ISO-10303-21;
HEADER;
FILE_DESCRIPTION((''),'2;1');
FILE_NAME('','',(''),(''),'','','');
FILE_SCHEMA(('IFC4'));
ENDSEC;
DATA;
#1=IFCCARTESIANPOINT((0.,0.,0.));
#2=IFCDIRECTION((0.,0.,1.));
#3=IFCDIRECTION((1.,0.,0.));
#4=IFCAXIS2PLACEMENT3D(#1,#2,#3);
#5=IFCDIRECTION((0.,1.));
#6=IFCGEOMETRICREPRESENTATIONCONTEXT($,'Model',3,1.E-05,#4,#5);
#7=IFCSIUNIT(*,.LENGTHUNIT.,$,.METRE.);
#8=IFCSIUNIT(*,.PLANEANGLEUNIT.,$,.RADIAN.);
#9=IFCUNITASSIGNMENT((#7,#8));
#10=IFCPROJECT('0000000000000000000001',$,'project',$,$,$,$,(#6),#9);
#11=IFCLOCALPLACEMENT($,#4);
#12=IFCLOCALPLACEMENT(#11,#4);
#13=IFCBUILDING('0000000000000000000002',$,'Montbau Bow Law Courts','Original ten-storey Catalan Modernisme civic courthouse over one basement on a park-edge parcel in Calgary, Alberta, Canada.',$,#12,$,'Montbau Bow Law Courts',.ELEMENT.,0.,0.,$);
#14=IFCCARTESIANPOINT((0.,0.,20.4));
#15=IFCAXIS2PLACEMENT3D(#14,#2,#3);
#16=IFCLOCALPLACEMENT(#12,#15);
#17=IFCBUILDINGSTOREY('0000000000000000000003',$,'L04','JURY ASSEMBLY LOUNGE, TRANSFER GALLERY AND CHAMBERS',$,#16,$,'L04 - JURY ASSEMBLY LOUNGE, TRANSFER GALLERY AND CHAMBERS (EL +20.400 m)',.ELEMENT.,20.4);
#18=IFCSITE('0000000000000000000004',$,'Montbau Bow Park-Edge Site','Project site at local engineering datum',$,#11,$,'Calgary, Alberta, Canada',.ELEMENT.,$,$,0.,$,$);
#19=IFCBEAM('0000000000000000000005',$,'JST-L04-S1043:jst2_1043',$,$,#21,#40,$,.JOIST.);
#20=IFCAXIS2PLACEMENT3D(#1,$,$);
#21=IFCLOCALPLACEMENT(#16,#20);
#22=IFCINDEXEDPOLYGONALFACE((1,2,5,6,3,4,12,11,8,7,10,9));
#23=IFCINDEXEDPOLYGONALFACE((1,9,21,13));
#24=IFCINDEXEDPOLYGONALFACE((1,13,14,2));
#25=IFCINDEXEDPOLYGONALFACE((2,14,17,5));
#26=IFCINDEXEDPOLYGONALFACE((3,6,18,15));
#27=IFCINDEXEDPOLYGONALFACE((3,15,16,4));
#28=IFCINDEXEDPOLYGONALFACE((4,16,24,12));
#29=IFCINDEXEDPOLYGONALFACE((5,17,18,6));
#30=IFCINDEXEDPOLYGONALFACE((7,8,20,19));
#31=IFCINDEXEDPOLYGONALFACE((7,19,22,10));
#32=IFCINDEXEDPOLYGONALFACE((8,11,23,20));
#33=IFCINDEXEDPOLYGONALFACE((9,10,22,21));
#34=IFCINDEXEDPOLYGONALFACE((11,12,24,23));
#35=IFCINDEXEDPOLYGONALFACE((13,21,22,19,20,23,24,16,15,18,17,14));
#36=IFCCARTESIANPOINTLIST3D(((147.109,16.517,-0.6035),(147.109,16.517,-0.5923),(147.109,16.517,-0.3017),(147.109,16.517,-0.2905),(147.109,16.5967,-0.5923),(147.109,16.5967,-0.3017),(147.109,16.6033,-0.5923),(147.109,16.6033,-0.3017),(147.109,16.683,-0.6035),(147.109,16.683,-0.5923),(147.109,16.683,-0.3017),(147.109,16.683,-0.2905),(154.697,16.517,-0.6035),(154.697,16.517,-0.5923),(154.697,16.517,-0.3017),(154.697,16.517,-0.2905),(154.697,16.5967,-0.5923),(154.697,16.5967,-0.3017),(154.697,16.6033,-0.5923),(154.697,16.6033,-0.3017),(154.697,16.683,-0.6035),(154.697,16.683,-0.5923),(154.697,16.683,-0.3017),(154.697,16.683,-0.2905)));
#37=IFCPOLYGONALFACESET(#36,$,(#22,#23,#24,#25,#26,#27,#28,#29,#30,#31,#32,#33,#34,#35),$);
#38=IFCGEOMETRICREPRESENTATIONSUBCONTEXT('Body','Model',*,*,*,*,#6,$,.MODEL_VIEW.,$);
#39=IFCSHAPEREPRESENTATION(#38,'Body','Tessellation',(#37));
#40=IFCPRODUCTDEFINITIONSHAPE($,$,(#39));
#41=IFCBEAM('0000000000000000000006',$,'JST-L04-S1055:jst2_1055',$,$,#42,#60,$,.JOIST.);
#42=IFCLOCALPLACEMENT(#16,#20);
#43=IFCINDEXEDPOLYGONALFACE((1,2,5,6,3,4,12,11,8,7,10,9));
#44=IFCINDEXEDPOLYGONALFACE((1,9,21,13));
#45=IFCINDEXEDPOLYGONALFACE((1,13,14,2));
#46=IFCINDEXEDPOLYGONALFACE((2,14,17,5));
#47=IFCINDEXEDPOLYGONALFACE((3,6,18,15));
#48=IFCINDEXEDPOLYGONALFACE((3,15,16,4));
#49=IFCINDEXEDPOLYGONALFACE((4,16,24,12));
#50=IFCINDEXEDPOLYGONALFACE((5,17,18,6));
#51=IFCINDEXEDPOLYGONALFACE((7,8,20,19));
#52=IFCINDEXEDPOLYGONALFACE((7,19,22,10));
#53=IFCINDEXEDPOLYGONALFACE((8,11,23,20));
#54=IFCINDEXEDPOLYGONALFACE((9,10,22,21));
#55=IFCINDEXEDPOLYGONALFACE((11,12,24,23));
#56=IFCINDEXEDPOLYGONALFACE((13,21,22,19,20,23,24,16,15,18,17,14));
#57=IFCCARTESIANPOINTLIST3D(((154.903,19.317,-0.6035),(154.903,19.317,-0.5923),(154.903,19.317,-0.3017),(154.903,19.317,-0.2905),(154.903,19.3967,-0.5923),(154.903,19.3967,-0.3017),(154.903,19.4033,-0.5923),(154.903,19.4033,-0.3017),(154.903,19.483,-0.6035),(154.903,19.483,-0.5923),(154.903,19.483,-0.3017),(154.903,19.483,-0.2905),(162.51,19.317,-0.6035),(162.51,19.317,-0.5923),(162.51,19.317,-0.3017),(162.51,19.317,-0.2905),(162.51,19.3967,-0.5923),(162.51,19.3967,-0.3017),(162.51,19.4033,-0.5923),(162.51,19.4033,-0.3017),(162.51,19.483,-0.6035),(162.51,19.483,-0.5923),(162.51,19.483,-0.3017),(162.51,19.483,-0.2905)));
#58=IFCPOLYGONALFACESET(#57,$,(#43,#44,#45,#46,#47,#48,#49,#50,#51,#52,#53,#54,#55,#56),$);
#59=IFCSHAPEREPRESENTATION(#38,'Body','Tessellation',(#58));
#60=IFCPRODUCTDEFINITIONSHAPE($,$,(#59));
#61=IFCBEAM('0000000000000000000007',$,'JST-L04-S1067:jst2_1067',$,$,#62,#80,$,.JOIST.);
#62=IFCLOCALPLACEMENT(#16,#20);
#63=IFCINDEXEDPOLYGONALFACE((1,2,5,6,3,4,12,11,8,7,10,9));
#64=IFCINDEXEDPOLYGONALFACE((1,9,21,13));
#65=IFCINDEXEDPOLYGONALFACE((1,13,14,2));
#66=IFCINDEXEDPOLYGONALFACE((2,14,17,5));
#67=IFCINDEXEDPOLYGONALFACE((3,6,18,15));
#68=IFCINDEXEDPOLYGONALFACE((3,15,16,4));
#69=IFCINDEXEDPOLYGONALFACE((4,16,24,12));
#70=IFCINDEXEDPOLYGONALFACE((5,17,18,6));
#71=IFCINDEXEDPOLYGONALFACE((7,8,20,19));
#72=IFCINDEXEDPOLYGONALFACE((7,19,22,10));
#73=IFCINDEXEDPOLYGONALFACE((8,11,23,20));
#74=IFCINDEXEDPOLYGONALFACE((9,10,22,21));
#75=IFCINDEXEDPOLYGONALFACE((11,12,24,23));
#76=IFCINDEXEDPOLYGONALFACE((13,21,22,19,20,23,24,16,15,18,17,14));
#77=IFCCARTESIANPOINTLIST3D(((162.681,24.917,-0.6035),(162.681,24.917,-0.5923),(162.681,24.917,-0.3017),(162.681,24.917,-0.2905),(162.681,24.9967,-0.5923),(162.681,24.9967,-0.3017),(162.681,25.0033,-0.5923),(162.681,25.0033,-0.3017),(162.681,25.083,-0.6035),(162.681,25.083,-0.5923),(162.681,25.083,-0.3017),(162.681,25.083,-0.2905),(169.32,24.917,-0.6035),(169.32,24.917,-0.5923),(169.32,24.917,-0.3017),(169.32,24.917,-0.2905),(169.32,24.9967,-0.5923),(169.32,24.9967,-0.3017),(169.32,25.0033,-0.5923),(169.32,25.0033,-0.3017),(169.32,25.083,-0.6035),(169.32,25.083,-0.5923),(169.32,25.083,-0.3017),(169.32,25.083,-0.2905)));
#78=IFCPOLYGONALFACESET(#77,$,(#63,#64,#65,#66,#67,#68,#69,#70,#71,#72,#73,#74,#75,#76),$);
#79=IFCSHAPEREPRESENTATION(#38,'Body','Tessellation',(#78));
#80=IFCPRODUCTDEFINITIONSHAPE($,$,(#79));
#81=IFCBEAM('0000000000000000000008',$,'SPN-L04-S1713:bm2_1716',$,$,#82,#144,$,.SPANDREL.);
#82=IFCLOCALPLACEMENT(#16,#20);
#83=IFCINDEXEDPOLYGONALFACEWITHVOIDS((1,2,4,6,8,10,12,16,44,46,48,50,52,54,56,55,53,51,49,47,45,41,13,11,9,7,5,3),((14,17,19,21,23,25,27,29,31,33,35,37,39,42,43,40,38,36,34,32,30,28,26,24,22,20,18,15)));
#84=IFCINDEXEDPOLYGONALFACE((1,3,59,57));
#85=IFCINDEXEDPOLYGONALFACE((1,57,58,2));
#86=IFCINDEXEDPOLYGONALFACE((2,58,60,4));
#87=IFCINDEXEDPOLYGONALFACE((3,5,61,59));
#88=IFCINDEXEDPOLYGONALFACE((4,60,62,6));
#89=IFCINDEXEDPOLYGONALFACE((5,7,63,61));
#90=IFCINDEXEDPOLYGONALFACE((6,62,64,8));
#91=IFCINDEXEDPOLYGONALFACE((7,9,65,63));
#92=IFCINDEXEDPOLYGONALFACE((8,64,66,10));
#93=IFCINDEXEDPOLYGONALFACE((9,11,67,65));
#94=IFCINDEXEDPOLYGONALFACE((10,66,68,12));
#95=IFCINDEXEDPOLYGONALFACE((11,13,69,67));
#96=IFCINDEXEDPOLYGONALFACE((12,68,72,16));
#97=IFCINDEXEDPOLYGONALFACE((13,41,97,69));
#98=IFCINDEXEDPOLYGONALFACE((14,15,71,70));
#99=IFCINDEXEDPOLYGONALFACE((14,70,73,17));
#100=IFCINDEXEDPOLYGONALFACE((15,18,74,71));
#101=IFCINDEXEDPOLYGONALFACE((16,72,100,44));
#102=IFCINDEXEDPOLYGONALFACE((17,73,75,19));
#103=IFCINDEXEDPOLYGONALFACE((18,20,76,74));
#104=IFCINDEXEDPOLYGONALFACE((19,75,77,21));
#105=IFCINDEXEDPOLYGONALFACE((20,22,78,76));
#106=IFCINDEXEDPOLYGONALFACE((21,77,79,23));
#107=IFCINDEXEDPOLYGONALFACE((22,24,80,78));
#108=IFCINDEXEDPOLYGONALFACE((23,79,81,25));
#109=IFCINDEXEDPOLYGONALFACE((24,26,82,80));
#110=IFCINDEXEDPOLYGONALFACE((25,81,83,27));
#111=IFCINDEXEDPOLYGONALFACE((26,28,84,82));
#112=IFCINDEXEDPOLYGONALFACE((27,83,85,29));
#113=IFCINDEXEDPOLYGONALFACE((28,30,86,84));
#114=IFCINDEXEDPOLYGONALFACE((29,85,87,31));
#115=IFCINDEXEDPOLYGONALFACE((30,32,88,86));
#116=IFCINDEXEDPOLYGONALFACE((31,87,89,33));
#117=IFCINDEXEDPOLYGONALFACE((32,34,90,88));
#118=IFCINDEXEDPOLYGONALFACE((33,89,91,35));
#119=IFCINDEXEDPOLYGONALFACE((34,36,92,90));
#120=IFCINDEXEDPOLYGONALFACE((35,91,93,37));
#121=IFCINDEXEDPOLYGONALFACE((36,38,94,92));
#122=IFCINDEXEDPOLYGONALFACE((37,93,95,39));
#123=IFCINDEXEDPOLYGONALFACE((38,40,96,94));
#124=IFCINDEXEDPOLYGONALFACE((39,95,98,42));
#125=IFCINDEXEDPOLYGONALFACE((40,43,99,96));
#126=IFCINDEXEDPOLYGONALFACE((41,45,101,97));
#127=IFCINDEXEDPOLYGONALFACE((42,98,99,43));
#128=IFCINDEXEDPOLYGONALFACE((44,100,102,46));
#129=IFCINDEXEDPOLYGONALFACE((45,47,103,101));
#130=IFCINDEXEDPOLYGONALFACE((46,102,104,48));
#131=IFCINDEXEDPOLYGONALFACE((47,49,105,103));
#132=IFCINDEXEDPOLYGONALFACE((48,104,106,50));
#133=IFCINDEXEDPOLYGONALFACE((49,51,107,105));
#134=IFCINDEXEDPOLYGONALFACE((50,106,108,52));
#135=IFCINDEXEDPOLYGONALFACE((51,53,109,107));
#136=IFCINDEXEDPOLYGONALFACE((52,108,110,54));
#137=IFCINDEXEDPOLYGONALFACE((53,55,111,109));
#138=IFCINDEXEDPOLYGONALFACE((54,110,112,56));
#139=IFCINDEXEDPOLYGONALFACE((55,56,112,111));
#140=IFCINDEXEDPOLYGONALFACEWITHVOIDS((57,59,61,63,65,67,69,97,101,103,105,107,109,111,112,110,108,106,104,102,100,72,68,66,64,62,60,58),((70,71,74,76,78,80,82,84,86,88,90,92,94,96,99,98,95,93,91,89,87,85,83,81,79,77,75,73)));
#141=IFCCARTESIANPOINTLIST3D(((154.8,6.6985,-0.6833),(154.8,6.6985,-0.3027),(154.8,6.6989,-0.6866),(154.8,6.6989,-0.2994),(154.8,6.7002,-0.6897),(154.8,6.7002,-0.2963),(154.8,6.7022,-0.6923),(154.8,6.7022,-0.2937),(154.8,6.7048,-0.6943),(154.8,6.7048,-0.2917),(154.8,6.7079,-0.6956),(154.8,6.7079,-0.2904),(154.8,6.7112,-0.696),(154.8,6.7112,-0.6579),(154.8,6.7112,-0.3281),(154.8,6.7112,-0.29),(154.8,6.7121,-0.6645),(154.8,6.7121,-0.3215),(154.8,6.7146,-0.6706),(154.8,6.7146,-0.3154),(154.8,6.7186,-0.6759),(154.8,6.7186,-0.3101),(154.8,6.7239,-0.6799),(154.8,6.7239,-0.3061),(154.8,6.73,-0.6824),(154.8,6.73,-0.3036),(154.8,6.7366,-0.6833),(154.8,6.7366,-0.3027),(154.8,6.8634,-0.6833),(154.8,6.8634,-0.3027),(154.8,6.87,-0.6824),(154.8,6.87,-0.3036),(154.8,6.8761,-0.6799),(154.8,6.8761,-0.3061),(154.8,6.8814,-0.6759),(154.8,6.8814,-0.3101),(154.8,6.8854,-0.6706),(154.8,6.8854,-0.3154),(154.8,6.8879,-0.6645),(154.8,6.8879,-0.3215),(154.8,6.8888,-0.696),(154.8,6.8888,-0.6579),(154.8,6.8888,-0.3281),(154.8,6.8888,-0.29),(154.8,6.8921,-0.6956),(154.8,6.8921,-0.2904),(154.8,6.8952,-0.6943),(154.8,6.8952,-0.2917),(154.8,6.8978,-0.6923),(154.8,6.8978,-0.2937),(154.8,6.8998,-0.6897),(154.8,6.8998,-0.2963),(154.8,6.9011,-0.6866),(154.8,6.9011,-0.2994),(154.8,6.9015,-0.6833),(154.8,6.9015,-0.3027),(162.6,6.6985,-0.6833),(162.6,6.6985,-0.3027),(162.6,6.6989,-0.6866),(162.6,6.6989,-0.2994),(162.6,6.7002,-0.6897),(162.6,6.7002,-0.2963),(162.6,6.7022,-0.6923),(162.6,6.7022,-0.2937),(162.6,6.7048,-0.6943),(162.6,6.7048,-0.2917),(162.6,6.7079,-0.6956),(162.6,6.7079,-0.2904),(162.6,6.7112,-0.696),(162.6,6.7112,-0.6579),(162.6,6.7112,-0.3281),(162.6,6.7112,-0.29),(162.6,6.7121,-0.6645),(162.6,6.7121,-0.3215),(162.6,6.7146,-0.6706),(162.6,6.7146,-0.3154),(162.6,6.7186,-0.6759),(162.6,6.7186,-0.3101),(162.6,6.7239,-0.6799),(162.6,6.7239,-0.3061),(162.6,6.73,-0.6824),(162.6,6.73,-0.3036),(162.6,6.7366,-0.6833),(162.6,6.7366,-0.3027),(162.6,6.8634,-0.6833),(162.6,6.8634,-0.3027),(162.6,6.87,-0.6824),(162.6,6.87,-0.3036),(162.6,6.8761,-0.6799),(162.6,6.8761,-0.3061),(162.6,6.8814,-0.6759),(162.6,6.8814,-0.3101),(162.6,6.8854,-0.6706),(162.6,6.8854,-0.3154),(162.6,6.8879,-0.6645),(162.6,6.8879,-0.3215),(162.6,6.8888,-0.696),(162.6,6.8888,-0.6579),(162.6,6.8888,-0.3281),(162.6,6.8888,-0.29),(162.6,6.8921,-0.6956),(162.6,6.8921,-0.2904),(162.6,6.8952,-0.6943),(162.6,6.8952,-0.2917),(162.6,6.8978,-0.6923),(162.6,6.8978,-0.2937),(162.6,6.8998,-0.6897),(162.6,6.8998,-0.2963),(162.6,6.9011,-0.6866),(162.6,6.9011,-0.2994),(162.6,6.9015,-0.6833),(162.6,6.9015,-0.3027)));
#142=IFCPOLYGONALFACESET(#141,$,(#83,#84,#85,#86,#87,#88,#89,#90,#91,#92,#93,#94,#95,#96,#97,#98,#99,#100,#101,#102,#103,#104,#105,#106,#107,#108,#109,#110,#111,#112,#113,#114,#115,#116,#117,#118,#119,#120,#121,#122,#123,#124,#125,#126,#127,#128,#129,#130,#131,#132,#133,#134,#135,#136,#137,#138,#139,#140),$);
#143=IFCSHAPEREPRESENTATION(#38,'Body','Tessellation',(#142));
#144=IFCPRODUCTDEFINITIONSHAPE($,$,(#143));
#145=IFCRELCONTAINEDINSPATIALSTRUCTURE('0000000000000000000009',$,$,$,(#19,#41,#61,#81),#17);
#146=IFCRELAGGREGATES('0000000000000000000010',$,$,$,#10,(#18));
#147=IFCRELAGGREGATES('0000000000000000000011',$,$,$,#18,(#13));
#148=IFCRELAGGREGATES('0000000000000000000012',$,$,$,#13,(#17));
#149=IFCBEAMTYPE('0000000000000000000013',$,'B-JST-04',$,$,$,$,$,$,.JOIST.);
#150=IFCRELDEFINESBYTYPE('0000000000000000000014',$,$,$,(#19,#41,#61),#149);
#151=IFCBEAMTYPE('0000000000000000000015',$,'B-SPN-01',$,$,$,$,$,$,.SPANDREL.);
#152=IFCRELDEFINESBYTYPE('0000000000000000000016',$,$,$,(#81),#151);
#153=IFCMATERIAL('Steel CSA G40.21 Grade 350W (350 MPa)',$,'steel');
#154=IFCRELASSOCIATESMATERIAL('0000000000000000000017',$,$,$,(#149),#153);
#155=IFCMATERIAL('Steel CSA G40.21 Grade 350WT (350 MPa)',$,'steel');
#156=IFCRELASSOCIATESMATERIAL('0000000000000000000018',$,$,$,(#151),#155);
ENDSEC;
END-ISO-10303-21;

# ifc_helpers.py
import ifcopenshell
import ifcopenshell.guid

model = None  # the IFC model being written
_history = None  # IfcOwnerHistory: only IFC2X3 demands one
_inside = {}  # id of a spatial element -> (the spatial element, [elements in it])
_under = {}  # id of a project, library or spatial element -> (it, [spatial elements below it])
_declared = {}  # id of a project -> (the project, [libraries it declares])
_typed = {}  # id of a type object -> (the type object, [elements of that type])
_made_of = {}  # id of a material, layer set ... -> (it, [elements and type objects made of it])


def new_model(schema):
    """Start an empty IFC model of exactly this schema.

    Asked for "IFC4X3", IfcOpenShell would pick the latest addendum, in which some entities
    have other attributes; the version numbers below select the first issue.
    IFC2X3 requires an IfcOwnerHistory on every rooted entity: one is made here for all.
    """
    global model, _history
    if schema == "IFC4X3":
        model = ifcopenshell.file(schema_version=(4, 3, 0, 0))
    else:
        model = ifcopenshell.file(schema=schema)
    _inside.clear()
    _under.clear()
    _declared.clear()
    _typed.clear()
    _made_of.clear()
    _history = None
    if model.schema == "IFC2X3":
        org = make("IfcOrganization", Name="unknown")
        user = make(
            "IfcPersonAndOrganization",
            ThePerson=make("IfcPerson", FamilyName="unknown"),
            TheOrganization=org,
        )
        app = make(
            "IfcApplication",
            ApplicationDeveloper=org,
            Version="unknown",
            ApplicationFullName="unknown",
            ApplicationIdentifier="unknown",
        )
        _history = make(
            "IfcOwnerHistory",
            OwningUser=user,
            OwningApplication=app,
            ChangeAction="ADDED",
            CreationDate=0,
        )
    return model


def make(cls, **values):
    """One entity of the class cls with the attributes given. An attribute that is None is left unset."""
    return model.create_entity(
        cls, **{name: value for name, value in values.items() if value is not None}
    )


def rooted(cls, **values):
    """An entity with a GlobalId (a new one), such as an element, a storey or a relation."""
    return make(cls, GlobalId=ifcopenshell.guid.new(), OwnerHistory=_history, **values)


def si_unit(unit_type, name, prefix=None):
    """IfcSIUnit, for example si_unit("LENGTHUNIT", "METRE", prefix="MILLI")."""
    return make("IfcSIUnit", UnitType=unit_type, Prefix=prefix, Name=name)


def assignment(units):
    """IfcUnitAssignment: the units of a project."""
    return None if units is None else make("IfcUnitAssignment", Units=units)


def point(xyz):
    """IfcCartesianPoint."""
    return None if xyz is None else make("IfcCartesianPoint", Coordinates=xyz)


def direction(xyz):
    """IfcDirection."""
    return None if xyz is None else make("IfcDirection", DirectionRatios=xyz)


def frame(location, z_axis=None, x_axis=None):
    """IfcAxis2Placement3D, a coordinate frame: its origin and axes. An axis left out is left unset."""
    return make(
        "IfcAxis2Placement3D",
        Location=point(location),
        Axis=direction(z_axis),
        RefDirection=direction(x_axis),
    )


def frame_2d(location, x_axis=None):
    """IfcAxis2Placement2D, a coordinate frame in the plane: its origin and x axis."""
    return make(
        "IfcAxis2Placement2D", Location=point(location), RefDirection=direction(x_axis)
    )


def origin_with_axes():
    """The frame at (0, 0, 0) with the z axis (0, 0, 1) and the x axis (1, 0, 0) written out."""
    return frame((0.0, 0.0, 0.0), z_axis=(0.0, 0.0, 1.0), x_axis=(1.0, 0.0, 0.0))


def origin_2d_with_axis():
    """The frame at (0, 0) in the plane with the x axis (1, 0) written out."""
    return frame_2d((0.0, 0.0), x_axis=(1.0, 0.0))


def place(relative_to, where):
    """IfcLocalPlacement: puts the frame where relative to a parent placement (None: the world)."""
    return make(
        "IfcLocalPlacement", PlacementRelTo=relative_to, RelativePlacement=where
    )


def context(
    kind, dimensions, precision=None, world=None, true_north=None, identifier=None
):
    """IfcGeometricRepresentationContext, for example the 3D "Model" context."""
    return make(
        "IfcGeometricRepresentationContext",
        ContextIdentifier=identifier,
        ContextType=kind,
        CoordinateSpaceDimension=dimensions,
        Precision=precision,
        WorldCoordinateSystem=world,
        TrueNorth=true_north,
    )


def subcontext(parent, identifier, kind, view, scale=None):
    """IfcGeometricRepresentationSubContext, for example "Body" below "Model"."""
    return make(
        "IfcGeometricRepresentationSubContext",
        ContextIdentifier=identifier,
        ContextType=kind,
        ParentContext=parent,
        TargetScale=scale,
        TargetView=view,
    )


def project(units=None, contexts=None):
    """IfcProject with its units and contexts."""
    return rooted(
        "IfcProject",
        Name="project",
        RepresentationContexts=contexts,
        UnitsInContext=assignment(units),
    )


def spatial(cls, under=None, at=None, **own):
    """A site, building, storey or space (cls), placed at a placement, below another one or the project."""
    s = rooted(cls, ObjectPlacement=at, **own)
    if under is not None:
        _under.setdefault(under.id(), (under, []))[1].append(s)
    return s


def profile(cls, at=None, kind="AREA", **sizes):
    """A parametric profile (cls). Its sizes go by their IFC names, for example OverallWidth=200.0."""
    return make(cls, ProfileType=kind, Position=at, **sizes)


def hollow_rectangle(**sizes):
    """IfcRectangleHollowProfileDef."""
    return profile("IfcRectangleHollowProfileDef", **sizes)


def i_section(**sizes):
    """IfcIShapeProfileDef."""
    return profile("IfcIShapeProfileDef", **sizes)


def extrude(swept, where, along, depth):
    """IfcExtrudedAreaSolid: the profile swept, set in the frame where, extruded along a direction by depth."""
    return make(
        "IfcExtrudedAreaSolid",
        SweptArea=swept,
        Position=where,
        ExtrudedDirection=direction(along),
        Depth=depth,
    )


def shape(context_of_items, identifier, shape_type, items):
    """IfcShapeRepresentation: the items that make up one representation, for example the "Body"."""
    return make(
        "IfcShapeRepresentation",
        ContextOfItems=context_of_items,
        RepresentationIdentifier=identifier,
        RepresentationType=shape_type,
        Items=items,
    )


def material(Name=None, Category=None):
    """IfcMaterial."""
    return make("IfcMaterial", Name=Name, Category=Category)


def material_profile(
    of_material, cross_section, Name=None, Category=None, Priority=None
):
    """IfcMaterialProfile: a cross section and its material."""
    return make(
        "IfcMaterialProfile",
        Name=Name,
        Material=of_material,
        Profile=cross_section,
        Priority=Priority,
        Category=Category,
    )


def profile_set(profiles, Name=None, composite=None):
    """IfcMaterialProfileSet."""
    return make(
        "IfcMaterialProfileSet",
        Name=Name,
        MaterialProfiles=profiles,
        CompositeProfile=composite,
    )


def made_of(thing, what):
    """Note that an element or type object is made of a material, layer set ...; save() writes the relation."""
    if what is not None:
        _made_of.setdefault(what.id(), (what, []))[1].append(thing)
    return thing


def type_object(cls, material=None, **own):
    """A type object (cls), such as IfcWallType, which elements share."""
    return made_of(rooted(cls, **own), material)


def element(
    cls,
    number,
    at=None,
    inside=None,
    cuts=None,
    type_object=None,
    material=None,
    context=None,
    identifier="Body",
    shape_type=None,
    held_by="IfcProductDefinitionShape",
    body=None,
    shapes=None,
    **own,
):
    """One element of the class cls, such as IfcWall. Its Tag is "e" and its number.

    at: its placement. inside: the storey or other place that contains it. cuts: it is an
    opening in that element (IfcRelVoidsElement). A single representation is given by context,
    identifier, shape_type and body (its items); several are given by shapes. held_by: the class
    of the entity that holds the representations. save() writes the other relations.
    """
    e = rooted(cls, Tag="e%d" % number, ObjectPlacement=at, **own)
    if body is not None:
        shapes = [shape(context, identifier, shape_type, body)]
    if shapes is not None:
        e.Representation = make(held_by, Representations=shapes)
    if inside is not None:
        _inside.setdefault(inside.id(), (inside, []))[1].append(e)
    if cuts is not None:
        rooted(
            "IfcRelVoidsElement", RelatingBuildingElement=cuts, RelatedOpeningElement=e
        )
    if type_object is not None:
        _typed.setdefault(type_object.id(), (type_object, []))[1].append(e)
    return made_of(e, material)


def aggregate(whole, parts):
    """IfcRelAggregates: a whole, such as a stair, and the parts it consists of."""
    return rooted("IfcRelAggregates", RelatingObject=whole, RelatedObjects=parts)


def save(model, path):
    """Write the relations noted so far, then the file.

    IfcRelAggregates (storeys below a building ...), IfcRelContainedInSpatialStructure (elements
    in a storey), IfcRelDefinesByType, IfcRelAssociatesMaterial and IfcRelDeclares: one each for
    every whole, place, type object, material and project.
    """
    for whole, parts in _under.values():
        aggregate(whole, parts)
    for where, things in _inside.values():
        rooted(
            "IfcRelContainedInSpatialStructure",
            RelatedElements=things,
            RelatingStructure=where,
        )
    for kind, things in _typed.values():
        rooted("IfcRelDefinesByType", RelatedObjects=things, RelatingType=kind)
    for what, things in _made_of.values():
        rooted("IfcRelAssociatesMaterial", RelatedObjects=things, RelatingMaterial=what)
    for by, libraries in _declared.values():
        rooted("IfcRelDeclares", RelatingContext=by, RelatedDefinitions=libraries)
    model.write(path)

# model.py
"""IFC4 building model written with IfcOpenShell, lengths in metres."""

from ifc_helpers import new_model, si_unit, direction, frame, origin_with_axes, origin_2d_with_axis, place, context, subcontext, project, spatial, hollow_rectangle, i_section, extrude, material, material_profile, profile_set, type_object, element, save


model = new_model("IFC4")

# Units and contexts
model_context = context("Model", 3, precision=1e-05, world=origin_with_axes(), true_north=direction((0.0, 1.0)))
body_context = subcontext(model_context, "Body", "Model", "MODEL_VIEW")
ifc_project = project(units=[si_unit("LENGTHUNIT", "METRE"), si_unit("PLANEANGLEUNIT", "RADIAN")], contexts=[model_context])

# Site, building, storey
site_placement = place(None, origin_with_axes())
site = spatial("IfcSite", under=ifc_project, at=site_placement, Name="Montbau Bow Park-Edge Site", Description="Project site at local engineering datum", LongName="Calgary, Alberta, Canada", CompositionType="ELEMENT", RefElevation=0.0)
building_placement = place(site_placement, origin_with_axes())
building = spatial("IfcBuilding", under=site, at=building_placement, Name="Montbau Bow Law Courts", Description="Original ten-storey Catalan Modernisme civic courthouse over one basement on a park-edge parcel in Calgary, Alberta, Canada.", LongName="Montbau Bow Law Courts", CompositionType="ELEMENT", ElevationOfRefHeight=0.0, ElevationOfTerrain=0.0)
storey_placement = place(building_placement, frame((0.0, 0.0, 20.4), z_axis=(0.0, 0.0, 1.0), x_axis=(1.0, 0.0, 0.0)))
storey = spatial("IfcBuildingStorey", under=building, at=storey_placement, Name="L04", Description="JURY ASSEMBLY LOUNGE, TRANSFER GALLERY AND CHAMBERS", LongName="L04 - JURY ASSEMBLY LOUNGE, TRANSFER GALLERY AND CHAMBERS (EL +20.400 m)", CompositionType="ELEMENT", Elevation=20.4)

# Beams
ifc_material_1 = material(Name="Steel CSA G40.21 Grade 350W (350 MPa)", Category="steel")
ifc_material_profile_1 = material_profile(ifc_material_1, i_section(OverallWidth=0.166, OverallDepth=0.313, WebThickness=0.0066, FlangeThickness=0.0112, at=origin_2d_with_axis()), Name="W310X45", Category="Main", Priority=0)
ifc_profile_set_1 = profile_set([ifc_material_profile_1], Name="Steel CSA G40.21 Grade 350W (350 MPa)")
beam_type_1 = type_object("IfcBeamType", Name="B-JST-04", PredefinedType="JOIST", material=ifc_profile_set_1)
beam_1_placement = place(None, frame((147.109, 16.6, 19.953), z_axis=(1.0, 0.0, 0.0), x_axis=(0.0, 1.0, 0.0)))
element("IfcBeam", 1, at=beam_1_placement, inside=storey, type_object=beam_type_1, Name="JST-L04-S1043:jst2_1043", PredefinedType="JOIST", context=body_context, shape_type="SweptSolid", body=[
    extrude(i_section(OverallWidth=0.166, OverallDepth=0.313, WebThickness=0.0066, FlangeThickness=0.0112, at=origin_2d_with_axis()), origin_with_axes(), (0.0, 0.0, 1.0), 7.588),
])
beam_2_placement = place(None, frame((154.903, 19.4, 19.953), z_axis=(1.0, 0.0, 0.0), x_axis=(0.0, 1.0, 0.0)))
element("IfcBeam", 2, at=beam_2_placement, inside=storey, type_object=beam_type_1, Name="JST-L04-S1055:jst2_1055", PredefinedType="JOIST", context=body_context, shape_type="SweptSolid", body=[
    extrude(i_section(OverallWidth=0.166, OverallDepth=0.313, WebThickness=0.0066, FlangeThickness=0.0112, at=origin_2d_with_axis()), origin_with_axes(), (0.0, 0.0, 1.0), 7.607),
])
beam_3_placement = place(None, frame((162.681, 25.0, 19.953), z_axis=(1.0, 0.0, 0.0), x_axis=(0.0, 1.0, 0.0)))
element("IfcBeam", 3, at=beam_3_placement, inside=storey, type_object=beam_type_1, Name="JST-L04-S1067:jst2_1067", PredefinedType="JOIST", context=body_context, shape_type="SweptSolid", body=[
    extrude(i_section(OverallWidth=0.166, OverallDepth=0.313, WebThickness=0.0066, FlangeThickness=0.0112, at=origin_2d_with_axis()), origin_with_axes(), (0.0, 0.0, 1.0), 6.639),
])
ifc_material_2 = material(Name="Steel CSA G40.21 Grade 350WT (350 MPa)", Category="steel")
ifc_material_profile_2 = material_profile(ifc_material_2, hollow_rectangle(XDim=0.203, YDim=0.406, WallThickness=0.0127, InnerFilletRadius=0.0254, OuterFilletRadius=0.0127, at=origin_2d_with_axis()), Name="HSS406X203X13", Category="Main", Priority=0)
ifc_profile_set_2 = profile_set([ifc_material_profile_2], Name="Steel CSA G40.21 Grade 350WT (350 MPa)")
beam_type_2 = type_object("IfcBeamType", Name="B-SPN-01", PredefinedType="SPANDREL", material=ifc_profile_set_2)
beam_4_placement = place(None, frame((154.8, 6.8, 19.907), z_axis=(1.0, 0.0, 0.0), x_axis=(0.0, 1.0, 0.0)))
element("IfcBeam", 4, at=beam_4_placement, inside=storey, type_object=beam_type_2, Name="SPN-L04-S1713:bm2_1716", PredefinedType="SPANDREL", context=body_context, shape_type="SweptSolid", body=[
    extrude(hollow_rectangle(XDim=0.203, YDim=0.406, WallThickness=0.0127, InnerFilletRadius=0.0254, OuterFilletRadius=0.0127, at=origin_2d_with_axis()), origin_with_axes(), (0.0, 0.0, 1.0), 7.8),
])

save(model, "model.ifc")
